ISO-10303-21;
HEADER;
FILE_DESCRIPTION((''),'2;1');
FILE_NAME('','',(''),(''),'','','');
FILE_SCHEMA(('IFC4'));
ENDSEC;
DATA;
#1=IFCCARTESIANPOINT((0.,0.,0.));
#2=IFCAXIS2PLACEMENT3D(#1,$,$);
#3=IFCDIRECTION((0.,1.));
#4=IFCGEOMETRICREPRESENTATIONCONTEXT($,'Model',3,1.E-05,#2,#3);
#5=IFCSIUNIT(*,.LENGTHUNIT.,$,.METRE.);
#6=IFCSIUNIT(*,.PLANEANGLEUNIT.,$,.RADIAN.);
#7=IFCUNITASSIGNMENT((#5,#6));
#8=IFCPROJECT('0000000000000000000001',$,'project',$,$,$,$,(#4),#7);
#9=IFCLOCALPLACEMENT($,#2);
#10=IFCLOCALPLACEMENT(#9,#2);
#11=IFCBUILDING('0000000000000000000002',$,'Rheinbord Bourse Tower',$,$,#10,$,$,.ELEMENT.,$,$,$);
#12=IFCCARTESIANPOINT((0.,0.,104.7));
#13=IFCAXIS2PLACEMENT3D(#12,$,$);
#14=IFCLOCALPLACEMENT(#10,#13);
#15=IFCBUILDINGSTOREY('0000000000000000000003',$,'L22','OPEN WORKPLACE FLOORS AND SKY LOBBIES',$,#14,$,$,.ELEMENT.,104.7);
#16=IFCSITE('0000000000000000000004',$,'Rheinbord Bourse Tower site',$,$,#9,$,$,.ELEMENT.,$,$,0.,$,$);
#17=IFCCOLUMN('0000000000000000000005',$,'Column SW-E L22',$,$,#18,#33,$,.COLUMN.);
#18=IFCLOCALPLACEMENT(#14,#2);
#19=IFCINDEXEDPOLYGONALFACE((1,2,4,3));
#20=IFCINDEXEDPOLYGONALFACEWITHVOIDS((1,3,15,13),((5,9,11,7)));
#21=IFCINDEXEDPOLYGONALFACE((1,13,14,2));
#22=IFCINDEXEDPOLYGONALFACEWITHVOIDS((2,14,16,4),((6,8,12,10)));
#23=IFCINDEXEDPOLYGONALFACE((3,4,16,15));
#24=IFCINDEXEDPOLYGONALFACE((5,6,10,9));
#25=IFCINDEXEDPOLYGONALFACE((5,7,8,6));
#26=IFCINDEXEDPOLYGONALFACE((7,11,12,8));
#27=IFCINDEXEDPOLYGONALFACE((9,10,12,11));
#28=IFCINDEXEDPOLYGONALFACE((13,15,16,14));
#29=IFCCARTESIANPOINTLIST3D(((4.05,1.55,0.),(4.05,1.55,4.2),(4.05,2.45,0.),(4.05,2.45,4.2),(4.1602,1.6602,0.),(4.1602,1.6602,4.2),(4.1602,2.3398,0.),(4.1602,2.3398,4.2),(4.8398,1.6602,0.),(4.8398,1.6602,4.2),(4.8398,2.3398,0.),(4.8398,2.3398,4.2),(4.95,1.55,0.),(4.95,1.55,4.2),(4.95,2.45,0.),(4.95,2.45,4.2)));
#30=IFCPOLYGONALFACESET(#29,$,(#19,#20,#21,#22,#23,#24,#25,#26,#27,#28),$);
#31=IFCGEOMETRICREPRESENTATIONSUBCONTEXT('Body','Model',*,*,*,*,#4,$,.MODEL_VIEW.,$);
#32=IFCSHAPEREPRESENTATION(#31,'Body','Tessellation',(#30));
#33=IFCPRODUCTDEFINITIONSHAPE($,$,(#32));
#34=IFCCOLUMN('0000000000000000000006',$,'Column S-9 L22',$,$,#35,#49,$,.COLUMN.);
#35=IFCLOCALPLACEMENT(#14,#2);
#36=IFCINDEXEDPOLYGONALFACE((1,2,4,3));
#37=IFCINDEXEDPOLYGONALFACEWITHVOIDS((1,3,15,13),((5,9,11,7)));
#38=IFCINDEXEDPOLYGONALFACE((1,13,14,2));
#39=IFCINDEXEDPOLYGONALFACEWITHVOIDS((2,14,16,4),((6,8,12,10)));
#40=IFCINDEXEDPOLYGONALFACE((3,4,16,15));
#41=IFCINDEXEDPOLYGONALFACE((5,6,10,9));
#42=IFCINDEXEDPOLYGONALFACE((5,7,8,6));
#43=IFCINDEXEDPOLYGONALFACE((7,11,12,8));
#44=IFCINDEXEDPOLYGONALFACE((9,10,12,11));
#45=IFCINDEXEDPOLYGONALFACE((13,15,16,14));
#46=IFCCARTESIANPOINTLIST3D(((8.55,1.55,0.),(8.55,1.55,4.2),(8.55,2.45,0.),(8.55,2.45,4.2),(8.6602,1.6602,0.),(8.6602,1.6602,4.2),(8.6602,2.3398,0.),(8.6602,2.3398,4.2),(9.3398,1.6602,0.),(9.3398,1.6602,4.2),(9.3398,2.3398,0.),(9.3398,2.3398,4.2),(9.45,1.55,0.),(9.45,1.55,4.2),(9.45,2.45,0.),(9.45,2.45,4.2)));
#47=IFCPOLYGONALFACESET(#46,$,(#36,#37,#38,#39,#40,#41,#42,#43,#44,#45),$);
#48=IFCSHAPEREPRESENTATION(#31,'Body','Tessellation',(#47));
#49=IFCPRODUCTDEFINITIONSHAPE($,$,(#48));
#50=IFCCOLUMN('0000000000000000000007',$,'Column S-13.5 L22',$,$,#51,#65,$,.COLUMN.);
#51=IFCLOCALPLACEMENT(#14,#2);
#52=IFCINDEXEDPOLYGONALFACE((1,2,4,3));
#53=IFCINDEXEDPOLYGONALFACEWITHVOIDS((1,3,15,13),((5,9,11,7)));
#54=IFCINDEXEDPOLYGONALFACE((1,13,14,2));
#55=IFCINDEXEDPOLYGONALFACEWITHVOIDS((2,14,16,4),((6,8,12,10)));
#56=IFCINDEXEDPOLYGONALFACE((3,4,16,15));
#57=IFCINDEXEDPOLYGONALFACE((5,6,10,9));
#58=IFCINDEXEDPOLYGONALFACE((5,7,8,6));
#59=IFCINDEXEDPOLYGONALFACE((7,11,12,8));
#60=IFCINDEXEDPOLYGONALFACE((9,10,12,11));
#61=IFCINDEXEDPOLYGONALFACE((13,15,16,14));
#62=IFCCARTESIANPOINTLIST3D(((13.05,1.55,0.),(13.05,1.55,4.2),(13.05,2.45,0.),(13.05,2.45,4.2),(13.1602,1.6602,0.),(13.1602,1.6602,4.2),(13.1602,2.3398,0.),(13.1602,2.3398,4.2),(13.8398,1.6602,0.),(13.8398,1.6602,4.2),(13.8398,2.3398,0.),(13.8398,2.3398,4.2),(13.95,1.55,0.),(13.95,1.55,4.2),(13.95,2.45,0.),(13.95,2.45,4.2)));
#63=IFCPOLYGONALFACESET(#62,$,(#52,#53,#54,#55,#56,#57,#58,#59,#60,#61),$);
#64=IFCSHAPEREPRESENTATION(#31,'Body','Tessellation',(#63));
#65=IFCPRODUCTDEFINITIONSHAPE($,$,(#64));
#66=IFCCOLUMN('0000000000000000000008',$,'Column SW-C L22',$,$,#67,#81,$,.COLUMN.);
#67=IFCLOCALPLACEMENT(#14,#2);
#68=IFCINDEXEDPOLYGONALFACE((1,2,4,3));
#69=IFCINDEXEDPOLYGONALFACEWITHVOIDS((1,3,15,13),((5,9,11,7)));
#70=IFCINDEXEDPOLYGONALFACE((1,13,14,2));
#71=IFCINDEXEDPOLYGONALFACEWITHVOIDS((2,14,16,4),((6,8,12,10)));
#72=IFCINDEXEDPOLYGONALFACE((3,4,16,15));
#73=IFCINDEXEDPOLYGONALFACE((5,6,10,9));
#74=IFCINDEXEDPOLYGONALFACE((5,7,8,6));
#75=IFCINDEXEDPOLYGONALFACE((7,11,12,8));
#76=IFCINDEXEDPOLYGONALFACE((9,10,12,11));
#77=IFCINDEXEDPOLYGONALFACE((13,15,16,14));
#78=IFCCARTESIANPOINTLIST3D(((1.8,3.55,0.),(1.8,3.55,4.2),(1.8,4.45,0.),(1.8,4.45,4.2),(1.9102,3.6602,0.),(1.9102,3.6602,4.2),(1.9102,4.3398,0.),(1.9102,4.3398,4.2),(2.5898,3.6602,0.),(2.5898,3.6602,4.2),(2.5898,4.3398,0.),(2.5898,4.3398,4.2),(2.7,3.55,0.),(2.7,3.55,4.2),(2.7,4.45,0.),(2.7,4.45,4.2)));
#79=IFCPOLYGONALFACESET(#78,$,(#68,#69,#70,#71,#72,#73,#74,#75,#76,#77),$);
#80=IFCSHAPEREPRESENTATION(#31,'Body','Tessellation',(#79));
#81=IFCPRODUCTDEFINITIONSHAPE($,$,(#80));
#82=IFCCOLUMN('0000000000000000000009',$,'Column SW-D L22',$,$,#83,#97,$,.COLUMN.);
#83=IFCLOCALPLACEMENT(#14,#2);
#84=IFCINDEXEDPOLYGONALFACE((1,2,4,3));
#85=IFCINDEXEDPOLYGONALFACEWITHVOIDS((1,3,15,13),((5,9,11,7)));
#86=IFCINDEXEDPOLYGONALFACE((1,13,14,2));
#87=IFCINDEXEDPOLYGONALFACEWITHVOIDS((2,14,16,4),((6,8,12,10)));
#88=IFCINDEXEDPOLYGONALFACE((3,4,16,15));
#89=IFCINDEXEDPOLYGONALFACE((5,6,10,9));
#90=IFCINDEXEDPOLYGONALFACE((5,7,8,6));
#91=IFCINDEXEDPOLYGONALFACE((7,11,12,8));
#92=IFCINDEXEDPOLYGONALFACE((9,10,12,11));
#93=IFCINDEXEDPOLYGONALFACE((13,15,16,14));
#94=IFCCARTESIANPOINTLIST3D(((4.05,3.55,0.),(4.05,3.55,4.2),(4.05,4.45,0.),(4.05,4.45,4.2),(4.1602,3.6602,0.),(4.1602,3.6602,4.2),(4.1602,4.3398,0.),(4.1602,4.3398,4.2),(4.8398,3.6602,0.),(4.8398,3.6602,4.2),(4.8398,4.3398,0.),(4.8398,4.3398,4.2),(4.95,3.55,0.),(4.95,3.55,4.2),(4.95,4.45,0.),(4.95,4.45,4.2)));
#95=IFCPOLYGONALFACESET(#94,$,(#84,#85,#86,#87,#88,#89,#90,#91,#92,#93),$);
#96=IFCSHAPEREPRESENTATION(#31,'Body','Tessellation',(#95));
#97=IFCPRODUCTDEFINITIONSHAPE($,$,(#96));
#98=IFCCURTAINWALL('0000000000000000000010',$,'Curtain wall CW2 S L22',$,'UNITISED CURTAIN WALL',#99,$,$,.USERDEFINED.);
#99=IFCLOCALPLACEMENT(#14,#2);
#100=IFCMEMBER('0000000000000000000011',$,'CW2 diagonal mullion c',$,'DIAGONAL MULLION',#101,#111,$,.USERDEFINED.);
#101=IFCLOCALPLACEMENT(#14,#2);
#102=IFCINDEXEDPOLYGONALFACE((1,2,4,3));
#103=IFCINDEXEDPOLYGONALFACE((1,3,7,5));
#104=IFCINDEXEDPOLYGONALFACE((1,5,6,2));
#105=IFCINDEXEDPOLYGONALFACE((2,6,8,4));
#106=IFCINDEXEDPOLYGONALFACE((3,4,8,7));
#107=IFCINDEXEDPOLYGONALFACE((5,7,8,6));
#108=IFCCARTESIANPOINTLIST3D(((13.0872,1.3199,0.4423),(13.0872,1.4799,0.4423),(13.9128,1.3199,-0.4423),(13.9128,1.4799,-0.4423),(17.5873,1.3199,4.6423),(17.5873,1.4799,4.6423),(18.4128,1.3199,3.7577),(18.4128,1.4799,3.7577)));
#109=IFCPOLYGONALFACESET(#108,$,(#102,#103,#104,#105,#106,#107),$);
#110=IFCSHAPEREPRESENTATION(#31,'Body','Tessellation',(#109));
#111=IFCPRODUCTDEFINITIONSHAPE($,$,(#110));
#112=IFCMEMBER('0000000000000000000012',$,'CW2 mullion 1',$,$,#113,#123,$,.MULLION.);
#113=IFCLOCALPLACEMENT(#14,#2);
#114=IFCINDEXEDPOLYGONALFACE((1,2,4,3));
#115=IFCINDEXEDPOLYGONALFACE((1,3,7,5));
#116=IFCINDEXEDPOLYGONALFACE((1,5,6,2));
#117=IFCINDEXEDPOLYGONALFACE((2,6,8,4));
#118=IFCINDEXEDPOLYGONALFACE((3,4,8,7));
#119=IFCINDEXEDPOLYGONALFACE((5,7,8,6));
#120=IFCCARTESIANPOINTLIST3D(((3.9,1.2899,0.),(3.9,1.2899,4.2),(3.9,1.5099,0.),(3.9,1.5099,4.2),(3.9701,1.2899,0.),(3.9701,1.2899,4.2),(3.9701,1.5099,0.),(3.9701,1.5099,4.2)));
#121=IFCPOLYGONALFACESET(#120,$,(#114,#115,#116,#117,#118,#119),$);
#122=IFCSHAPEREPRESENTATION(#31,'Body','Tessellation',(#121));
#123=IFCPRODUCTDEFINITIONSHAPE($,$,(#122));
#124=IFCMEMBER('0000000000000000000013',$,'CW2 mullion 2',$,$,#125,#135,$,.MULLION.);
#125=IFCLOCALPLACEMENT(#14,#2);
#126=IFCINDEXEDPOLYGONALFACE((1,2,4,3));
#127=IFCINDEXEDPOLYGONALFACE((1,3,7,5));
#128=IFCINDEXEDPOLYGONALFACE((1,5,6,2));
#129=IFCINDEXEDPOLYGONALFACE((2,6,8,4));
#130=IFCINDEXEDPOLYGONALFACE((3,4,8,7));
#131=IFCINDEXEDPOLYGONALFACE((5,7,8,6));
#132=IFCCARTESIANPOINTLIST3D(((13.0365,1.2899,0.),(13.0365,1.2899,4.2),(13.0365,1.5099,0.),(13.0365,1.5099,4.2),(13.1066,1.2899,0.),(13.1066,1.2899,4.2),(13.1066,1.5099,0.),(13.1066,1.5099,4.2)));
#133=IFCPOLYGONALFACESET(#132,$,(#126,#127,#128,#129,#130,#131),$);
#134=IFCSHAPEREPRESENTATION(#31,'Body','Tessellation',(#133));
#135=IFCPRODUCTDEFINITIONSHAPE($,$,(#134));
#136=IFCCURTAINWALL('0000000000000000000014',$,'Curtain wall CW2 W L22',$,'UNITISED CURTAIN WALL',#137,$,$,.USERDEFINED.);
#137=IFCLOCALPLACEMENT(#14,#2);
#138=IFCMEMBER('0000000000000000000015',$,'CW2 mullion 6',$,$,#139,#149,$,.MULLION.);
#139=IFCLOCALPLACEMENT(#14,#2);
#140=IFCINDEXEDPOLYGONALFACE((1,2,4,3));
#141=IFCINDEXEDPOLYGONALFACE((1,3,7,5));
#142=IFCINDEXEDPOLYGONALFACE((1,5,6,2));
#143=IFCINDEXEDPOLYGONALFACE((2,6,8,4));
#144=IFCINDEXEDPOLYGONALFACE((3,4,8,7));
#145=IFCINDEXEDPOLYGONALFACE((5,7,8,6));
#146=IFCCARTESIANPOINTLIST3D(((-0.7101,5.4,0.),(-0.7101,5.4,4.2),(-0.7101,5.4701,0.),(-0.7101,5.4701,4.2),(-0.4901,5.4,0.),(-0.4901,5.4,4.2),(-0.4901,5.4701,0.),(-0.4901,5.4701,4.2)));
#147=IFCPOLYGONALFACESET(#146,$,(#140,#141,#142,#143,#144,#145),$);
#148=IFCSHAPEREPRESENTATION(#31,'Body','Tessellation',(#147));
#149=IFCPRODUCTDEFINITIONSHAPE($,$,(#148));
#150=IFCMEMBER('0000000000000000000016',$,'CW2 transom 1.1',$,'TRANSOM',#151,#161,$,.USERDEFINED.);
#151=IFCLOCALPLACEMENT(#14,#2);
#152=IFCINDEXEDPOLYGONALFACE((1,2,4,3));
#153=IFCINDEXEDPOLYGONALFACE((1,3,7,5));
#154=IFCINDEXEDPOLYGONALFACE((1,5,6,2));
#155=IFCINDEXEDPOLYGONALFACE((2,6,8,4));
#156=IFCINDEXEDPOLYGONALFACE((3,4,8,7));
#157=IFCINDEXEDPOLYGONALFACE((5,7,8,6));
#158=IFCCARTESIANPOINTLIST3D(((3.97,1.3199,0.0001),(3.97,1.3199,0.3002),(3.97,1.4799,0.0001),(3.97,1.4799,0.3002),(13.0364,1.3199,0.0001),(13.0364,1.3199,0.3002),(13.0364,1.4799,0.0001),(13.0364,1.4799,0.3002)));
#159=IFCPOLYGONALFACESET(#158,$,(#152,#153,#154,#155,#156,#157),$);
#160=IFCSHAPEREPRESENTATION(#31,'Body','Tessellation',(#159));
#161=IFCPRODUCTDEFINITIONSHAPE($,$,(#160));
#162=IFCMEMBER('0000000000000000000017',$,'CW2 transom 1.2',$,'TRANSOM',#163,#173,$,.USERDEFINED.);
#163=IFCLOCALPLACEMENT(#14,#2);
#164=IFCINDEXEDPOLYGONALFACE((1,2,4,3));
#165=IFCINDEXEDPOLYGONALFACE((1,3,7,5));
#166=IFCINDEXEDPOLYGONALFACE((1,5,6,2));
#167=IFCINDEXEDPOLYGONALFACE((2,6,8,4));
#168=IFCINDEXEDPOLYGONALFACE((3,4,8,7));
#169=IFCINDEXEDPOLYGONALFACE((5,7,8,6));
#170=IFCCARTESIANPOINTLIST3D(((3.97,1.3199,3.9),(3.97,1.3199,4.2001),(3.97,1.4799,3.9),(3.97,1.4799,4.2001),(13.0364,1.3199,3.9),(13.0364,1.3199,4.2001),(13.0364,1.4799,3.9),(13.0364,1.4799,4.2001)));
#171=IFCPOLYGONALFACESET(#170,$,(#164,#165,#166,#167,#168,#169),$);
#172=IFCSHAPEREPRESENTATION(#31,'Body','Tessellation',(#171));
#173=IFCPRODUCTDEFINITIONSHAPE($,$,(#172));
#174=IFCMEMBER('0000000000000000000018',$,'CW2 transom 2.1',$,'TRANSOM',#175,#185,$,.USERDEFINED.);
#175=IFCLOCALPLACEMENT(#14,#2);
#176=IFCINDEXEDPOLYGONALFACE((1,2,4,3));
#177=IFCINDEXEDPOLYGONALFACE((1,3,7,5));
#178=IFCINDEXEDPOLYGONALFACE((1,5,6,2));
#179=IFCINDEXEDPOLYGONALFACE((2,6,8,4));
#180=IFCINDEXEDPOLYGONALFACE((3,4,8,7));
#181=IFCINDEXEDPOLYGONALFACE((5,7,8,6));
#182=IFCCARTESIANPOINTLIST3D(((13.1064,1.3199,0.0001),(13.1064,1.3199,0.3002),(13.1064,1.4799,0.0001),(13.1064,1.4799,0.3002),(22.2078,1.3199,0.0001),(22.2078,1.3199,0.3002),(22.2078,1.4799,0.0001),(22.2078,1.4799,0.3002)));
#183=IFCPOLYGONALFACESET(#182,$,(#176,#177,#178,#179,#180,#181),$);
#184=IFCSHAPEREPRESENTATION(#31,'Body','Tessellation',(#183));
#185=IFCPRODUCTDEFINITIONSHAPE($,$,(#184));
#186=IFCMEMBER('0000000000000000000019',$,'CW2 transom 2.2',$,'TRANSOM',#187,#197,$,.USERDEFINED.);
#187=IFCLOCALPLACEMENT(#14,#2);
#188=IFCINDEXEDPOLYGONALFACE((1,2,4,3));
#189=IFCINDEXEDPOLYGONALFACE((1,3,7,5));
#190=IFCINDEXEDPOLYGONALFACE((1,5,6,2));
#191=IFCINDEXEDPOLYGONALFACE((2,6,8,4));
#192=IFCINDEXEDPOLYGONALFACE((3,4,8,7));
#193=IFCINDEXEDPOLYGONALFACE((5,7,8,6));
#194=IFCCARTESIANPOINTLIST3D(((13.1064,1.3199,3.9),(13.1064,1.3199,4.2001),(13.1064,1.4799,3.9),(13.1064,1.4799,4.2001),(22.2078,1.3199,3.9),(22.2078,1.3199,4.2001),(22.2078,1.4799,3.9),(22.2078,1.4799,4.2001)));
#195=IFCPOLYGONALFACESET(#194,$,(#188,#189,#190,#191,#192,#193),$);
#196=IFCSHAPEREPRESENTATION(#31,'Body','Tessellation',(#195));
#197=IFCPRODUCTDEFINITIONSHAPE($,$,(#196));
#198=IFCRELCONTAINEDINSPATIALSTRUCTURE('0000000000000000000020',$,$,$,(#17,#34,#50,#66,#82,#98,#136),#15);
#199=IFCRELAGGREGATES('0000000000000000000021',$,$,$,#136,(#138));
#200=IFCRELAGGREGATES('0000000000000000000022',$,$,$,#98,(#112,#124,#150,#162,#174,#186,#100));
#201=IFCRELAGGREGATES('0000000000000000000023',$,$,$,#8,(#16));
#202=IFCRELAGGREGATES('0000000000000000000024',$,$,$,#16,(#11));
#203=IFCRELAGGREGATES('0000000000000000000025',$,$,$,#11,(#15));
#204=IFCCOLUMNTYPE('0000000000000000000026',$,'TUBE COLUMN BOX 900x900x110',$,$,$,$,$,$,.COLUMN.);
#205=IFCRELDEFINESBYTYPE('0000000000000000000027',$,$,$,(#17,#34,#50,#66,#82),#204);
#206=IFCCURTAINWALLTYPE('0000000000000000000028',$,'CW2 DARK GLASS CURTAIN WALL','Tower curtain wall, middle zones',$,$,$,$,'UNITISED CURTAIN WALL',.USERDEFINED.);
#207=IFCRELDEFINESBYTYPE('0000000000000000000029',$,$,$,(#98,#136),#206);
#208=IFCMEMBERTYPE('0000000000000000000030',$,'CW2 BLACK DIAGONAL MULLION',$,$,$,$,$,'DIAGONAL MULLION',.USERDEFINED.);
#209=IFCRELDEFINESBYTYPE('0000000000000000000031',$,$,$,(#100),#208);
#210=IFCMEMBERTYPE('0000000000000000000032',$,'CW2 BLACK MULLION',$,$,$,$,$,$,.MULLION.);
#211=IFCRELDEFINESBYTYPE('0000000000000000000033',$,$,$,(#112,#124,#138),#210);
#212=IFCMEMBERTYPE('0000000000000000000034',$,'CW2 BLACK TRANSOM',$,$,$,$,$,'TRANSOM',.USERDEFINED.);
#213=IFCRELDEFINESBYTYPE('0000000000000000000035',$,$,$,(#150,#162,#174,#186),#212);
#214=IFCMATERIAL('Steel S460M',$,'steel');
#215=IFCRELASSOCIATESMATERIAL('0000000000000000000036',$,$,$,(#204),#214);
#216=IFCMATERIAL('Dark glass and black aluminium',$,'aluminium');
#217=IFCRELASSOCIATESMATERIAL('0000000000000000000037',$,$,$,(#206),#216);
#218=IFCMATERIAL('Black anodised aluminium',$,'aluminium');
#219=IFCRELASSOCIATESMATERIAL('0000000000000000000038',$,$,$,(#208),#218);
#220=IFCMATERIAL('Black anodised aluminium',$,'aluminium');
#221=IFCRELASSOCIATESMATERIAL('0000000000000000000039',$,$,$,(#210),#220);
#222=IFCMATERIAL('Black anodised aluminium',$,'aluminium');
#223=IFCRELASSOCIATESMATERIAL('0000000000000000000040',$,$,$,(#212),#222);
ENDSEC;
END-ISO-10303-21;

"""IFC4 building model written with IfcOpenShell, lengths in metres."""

from ifc_helpers import new_model, si_unit, direction, frame, origin, origin_2d, place, context, subcontext, project, spatial, rectangle, hollow_rectangle, extrude, material, material_profile, profile_set, type_object, element, aggregate, save


model = new_model("IFC4")

# Units and contexts
model_context = context("Model", 3, precision=1e-05, world=origin(), true_north=direction((0.0, 1.0)))
body_context = subcontext(model_context, "Body", "Model", "MODEL_VIEW")
ifc_project = project(units=[si_unit("LENGTHUNIT", "METRE"), si_unit("PLANEANGLEUNIT", "RADIAN")], contexts=[model_context])

# Site, building, storey
site_placement = place(None, origin())
site = spatial("IfcSite", under=ifc_project, at=site_placement, Name="Rheinbord Bourse Tower site", CompositionType="ELEMENT", RefElevation=0.0)
building_placement = place(site_placement, origin())
building = spatial("IfcBuilding", under=site, at=building_placement, Name="Rheinbord Bourse Tower", CompositionType="ELEMENT")
storey_placement = place(building_placement, frame((0.0, 0.0, 104.7)))
storey = spatial("IfcBuildingStorey", under=building, at=storey_placement, Name="L22", Description="OPEN WORKPLACE FLOORS AND SKY LOBBIES", CompositionType="ELEMENT", Elevation=104.7)

# Columns
ifc_material_1 = material(Name="Steel S460M", Category="steel")
ifc_material_profile_1 = material_profile(ifc_material_1, hollow_rectangle(XDim=0.8999, YDim=0.8999, WallThickness=0.1101, at=origin_2d()), Name="BOX 900x900x110")
ifc_profile_set_1 = profile_set([ifc_material_profile_1], Name="Steel S460M")
column_type = type_object("IfcColumnType", Name="TUBE COLUMN BOX 900x900x110", PredefinedType="COLUMN", material=ifc_profile_set_1)
for number, where, z_axis, x_axis, name in (
    (1, (4.5, 2.0, 0.0), (0.0, 0.0, 1.0), (0.0, 1.0, 0.0), "Column SW-E L22"),
    (2, (9.0, 2.0, 0.0), (0.0, 0.0, 1.0), (0.0, 1.0, 0.0), "Column S-9 L22"),
    (3, (13.5, 2.0, 0.0), (0.0, 0.0, 1.0), (0.0, 1.0, 0.0), "Column S-13.5 L22"),
    (4, (2.25, 4.0, 0.0), (0.0, 0.0, 1.0), (1.0, 0.0, 0.0), "Column SW-C L22"),
    (5, (4.5, 4.0, 0.0), (0.0, 0.0, 1.0), (0.0, 1.0, 0.0), "Column SW-D L22"),
):
    element("IfcColumn", number, at=place(storey_placement, frame(where, z_axis=z_axis, x_axis=x_axis)), inside=storey, type_object=column_type, Name=name, PredefinedType="COLUMN", context=body_context, shape_type="SweptSolid", body=[
        extrude(hollow_rectangle(XDim=0.8999, YDim=0.8999, WallThickness=0.1101, at=origin_2d()), origin(), (0.0, 0.0, 1.0), 4.2),
    ])

# Curtain wall, members
ifc_material_2 = material(Name="Dark glass and black aluminium", Category="aluminium")
curtain_wall_type = type_object("IfcCurtainWallType", Name="CW2 DARK GLASS CURTAIN WALL", Description="Tower curtain wall, middle zones", ElementType="UNITISED CURTAIN WALL", PredefinedType="USERDEFINED", material=ifc_material_2)
curtain_wall_1_placement = place(storey_placement, origin())
curtain_wall_1 = element("IfcCurtainWall", 6, at=curtain_wall_1_placement, inside=storey, type_object=curtain_wall_type, Name="Curtain wall CW2 S L22", ObjectType="UNITISED CURTAIN WALL", PredefinedType="USERDEFINED")
ifc_material_3 = material(Name="Black anodised aluminium", Category="aluminium")
ifc_material_profile_2 = material_profile(ifc_material_3, rectangle(XDim=0.1599, YDim=1.21, at=origin_2d()), Name="CW2 DIAGONAL MULLION 1210x160")
ifc_profile_set_2 = profile_set([ifc_material_profile_2], Name="Black anodised aluminium")
member_type_1 = type_object("IfcMemberType", Name="CW2 BLACK DIAGONAL MULLION", ElementType="DIAGONAL MULLION", PredefinedType="USERDEFINED", material=ifc_profile_set_2)
member_1_placement = place(storey_placement, frame((13.5, 1.3999, 0.0), z_axis=(0.731059, 0.0, 0.682314), x_axis=(0.0, 1.0, 0.0)))
member_1 = element("IfcMember", 7, at=member_1_placement, type_object=member_type_1, Name="CW2 diagonal mullion c", ObjectType="DIAGONAL MULLION", PredefinedType="USERDEFINED", context=body_context, shape_type="SweptSolid", body=[
    extrude(rectangle(XDim=0.1599, YDim=1.21, at=origin_2d()), origin(), (0.0, 0.0, 1.0), 6.1555),
])
ifc_material_4 = material(Name="Black anodised aluminium", Category="aluminium")
ifc_material_profile_3 = material_profile(ifc_material_4, rectangle(XDim=0.22, YDim=0.0701, at=origin_2d()), Name="CW2 MULLION 70x220")
ifc_profile_set_3 = profile_set([ifc_material_profile_3], Name="Black anodised aluminium")
member_type_2 = type_object("IfcMemberType", Name="CW2 BLACK MULLION", PredefinedType="MULLION", material=ifc_profile_set_3)
member_2_placement = place(storey_placement, frame((3.9351, 1.3999, 0.0), z_axis=(0.0, 0.0, 1.0), x_axis=(0.0, 1.0, 0.0)))
member_2 = element("IfcMember", 8, at=member_2_placement, type_object=member_type_2, Name="CW2 mullion 1", PredefinedType="MULLION", context=body_context, shape_type="SweptSolid", body=[
    extrude(rectangle(XDim=0.22, YDim=0.0701, at=origin_2d()), origin(), (0.0, 0.0, 1.0), 4.2),
])
member_3_placement = place(storey_placement, frame((13.0715, 1.3999, 0.0), z_axis=(0.0, 0.0, 1.0), x_axis=(0.0, 1.0, 0.0)))
member_3 = element("IfcMember", 9, at=member_3_placement, type_object=member_type_2, Name="CW2 mullion 2", PredefinedType="MULLION", context=body_context, shape_type="SweptSolid", body=[
    extrude(rectangle(XDim=0.22, YDim=0.0701, at=origin_2d()), origin(), (0.0, 0.0, 1.0), 4.2),
])

# Curtain wall, member
curtain_wall_2_placement = place(storey_placement, origin())
curtain_wall_2 = element("IfcCurtainWall", 10, at=curtain_wall_2_placement, inside=storey, type_object=curtain_wall_type, Name="Curtain wall CW2 W L22", ObjectType="UNITISED CURTAIN WALL", PredefinedType="USERDEFINED")
member_4_placement = place(storey_placement, frame((-0.6001, 5.4351, 0.0), z_axis=(0.0, 0.0, 1.0), x_axis=(1.0, 0.0, 0.0)))
member_4 = element("IfcMember", 11, at=member_4_placement, type_object=member_type_2, Name="CW2 mullion 6", PredefinedType="MULLION", context=body_context, shape_type="SweptSolid", body=[
    extrude(rectangle(XDim=0.22, YDim=0.0701, at=origin_2d()), origin(), (0.0, 0.0, 1.0), 4.2),
])
aggregate(curtain_wall_2, [member_4])

# Members
ifc_material_5 = material(Name="Black anodised aluminium", Category="aluminium")
ifc_material_profile_4 = material_profile(ifc_material_5, rectangle(XDim=0.1599, YDim=0.3, at=origin_2d()), Name="CW2 TRANSOM 300x160")
ifc_profile_set_4 = profile_set([ifc_material_profile_4], Name="Black anodised aluminium")
member_type_3 = type_object("IfcMemberType", Name="CW2 BLACK TRANSOM", ElementType="TRANSOM", PredefinedType="USERDEFINED", material=ifc_profile_set_4)
member_5_placement = place(storey_placement, frame((3.97, 1.3999, 0.1501), z_axis=(1.0, 0.0, 0.0), x_axis=(0.0, 1.0, 0.0)))
member_5 = element("IfcMember", 12, at=member_5_placement, type_object=member_type_3, Name="CW2 transom 1.1", ObjectType="TRANSOM", PredefinedType="USERDEFINED", context=body_context, shape_type="SweptSolid", body=[
    extrude(rectangle(XDim=0.1599, YDim=0.3, at=origin_2d()), origin(), (0.0, 0.0, 1.0), 9.0664),
])
member_6_placement = place(storey_placement, frame((3.97, 1.3999, 4.05), z_axis=(1.0, 0.0, 0.0), x_axis=(0.0, 1.0, 0.0)))
member_6 = element("IfcMember", 13, at=member_6_placement, type_object=member_type_3, Name="CW2 transom 1.2", ObjectType="TRANSOM", PredefinedType="USERDEFINED", context=body_context, shape_type="SweptSolid", body=[
    extrude(rectangle(XDim=0.1599, YDim=0.3, at=origin_2d()), origin(), (0.0, 0.0, 1.0), 9.0664),
])
member_7_placement = place(storey_placement, frame((13.1064, 1.3999, 0.1501), z_axis=(1.0, 0.0, 0.0), x_axis=(0.0, 1.0, 0.0)))
member_7 = element("IfcMember", 14, at=member_7_placement, type_object=member_type_3, Name="CW2 transom 2.1", ObjectType="TRANSOM", PredefinedType="USERDEFINED", context=body_context, shape_type="SweptSolid", body=[
    extrude(rectangle(XDim=0.1599, YDim=0.3, at=origin_2d()), origin(), (0.0, 0.0, 1.0), 9.1013),
])
member_8_placement = place(storey_placement, frame((13.1064, 1.3999, 4.05), z_axis=(1.0, 0.0, 0.0), x_axis=(0.0, 1.0, 0.0)))
member_8 = element("IfcMember", 15, at=member_8_placement, type_object=member_type_3, Name="CW2 transom 2.2", ObjectType="TRANSOM", PredefinedType="USERDEFINED", context=body_context, shape_type="SweptSolid", body=[
    extrude(rectangle(XDim=0.1599, YDim=0.3, at=origin_2d()), origin(), (0.0, 0.0, 1.0), 9.1013),
])

aggregate(curtain_wall_1, [member_2, member_3, member_5, member_6, member_7, member_8, member_1])

save(model, "model.ifc")
